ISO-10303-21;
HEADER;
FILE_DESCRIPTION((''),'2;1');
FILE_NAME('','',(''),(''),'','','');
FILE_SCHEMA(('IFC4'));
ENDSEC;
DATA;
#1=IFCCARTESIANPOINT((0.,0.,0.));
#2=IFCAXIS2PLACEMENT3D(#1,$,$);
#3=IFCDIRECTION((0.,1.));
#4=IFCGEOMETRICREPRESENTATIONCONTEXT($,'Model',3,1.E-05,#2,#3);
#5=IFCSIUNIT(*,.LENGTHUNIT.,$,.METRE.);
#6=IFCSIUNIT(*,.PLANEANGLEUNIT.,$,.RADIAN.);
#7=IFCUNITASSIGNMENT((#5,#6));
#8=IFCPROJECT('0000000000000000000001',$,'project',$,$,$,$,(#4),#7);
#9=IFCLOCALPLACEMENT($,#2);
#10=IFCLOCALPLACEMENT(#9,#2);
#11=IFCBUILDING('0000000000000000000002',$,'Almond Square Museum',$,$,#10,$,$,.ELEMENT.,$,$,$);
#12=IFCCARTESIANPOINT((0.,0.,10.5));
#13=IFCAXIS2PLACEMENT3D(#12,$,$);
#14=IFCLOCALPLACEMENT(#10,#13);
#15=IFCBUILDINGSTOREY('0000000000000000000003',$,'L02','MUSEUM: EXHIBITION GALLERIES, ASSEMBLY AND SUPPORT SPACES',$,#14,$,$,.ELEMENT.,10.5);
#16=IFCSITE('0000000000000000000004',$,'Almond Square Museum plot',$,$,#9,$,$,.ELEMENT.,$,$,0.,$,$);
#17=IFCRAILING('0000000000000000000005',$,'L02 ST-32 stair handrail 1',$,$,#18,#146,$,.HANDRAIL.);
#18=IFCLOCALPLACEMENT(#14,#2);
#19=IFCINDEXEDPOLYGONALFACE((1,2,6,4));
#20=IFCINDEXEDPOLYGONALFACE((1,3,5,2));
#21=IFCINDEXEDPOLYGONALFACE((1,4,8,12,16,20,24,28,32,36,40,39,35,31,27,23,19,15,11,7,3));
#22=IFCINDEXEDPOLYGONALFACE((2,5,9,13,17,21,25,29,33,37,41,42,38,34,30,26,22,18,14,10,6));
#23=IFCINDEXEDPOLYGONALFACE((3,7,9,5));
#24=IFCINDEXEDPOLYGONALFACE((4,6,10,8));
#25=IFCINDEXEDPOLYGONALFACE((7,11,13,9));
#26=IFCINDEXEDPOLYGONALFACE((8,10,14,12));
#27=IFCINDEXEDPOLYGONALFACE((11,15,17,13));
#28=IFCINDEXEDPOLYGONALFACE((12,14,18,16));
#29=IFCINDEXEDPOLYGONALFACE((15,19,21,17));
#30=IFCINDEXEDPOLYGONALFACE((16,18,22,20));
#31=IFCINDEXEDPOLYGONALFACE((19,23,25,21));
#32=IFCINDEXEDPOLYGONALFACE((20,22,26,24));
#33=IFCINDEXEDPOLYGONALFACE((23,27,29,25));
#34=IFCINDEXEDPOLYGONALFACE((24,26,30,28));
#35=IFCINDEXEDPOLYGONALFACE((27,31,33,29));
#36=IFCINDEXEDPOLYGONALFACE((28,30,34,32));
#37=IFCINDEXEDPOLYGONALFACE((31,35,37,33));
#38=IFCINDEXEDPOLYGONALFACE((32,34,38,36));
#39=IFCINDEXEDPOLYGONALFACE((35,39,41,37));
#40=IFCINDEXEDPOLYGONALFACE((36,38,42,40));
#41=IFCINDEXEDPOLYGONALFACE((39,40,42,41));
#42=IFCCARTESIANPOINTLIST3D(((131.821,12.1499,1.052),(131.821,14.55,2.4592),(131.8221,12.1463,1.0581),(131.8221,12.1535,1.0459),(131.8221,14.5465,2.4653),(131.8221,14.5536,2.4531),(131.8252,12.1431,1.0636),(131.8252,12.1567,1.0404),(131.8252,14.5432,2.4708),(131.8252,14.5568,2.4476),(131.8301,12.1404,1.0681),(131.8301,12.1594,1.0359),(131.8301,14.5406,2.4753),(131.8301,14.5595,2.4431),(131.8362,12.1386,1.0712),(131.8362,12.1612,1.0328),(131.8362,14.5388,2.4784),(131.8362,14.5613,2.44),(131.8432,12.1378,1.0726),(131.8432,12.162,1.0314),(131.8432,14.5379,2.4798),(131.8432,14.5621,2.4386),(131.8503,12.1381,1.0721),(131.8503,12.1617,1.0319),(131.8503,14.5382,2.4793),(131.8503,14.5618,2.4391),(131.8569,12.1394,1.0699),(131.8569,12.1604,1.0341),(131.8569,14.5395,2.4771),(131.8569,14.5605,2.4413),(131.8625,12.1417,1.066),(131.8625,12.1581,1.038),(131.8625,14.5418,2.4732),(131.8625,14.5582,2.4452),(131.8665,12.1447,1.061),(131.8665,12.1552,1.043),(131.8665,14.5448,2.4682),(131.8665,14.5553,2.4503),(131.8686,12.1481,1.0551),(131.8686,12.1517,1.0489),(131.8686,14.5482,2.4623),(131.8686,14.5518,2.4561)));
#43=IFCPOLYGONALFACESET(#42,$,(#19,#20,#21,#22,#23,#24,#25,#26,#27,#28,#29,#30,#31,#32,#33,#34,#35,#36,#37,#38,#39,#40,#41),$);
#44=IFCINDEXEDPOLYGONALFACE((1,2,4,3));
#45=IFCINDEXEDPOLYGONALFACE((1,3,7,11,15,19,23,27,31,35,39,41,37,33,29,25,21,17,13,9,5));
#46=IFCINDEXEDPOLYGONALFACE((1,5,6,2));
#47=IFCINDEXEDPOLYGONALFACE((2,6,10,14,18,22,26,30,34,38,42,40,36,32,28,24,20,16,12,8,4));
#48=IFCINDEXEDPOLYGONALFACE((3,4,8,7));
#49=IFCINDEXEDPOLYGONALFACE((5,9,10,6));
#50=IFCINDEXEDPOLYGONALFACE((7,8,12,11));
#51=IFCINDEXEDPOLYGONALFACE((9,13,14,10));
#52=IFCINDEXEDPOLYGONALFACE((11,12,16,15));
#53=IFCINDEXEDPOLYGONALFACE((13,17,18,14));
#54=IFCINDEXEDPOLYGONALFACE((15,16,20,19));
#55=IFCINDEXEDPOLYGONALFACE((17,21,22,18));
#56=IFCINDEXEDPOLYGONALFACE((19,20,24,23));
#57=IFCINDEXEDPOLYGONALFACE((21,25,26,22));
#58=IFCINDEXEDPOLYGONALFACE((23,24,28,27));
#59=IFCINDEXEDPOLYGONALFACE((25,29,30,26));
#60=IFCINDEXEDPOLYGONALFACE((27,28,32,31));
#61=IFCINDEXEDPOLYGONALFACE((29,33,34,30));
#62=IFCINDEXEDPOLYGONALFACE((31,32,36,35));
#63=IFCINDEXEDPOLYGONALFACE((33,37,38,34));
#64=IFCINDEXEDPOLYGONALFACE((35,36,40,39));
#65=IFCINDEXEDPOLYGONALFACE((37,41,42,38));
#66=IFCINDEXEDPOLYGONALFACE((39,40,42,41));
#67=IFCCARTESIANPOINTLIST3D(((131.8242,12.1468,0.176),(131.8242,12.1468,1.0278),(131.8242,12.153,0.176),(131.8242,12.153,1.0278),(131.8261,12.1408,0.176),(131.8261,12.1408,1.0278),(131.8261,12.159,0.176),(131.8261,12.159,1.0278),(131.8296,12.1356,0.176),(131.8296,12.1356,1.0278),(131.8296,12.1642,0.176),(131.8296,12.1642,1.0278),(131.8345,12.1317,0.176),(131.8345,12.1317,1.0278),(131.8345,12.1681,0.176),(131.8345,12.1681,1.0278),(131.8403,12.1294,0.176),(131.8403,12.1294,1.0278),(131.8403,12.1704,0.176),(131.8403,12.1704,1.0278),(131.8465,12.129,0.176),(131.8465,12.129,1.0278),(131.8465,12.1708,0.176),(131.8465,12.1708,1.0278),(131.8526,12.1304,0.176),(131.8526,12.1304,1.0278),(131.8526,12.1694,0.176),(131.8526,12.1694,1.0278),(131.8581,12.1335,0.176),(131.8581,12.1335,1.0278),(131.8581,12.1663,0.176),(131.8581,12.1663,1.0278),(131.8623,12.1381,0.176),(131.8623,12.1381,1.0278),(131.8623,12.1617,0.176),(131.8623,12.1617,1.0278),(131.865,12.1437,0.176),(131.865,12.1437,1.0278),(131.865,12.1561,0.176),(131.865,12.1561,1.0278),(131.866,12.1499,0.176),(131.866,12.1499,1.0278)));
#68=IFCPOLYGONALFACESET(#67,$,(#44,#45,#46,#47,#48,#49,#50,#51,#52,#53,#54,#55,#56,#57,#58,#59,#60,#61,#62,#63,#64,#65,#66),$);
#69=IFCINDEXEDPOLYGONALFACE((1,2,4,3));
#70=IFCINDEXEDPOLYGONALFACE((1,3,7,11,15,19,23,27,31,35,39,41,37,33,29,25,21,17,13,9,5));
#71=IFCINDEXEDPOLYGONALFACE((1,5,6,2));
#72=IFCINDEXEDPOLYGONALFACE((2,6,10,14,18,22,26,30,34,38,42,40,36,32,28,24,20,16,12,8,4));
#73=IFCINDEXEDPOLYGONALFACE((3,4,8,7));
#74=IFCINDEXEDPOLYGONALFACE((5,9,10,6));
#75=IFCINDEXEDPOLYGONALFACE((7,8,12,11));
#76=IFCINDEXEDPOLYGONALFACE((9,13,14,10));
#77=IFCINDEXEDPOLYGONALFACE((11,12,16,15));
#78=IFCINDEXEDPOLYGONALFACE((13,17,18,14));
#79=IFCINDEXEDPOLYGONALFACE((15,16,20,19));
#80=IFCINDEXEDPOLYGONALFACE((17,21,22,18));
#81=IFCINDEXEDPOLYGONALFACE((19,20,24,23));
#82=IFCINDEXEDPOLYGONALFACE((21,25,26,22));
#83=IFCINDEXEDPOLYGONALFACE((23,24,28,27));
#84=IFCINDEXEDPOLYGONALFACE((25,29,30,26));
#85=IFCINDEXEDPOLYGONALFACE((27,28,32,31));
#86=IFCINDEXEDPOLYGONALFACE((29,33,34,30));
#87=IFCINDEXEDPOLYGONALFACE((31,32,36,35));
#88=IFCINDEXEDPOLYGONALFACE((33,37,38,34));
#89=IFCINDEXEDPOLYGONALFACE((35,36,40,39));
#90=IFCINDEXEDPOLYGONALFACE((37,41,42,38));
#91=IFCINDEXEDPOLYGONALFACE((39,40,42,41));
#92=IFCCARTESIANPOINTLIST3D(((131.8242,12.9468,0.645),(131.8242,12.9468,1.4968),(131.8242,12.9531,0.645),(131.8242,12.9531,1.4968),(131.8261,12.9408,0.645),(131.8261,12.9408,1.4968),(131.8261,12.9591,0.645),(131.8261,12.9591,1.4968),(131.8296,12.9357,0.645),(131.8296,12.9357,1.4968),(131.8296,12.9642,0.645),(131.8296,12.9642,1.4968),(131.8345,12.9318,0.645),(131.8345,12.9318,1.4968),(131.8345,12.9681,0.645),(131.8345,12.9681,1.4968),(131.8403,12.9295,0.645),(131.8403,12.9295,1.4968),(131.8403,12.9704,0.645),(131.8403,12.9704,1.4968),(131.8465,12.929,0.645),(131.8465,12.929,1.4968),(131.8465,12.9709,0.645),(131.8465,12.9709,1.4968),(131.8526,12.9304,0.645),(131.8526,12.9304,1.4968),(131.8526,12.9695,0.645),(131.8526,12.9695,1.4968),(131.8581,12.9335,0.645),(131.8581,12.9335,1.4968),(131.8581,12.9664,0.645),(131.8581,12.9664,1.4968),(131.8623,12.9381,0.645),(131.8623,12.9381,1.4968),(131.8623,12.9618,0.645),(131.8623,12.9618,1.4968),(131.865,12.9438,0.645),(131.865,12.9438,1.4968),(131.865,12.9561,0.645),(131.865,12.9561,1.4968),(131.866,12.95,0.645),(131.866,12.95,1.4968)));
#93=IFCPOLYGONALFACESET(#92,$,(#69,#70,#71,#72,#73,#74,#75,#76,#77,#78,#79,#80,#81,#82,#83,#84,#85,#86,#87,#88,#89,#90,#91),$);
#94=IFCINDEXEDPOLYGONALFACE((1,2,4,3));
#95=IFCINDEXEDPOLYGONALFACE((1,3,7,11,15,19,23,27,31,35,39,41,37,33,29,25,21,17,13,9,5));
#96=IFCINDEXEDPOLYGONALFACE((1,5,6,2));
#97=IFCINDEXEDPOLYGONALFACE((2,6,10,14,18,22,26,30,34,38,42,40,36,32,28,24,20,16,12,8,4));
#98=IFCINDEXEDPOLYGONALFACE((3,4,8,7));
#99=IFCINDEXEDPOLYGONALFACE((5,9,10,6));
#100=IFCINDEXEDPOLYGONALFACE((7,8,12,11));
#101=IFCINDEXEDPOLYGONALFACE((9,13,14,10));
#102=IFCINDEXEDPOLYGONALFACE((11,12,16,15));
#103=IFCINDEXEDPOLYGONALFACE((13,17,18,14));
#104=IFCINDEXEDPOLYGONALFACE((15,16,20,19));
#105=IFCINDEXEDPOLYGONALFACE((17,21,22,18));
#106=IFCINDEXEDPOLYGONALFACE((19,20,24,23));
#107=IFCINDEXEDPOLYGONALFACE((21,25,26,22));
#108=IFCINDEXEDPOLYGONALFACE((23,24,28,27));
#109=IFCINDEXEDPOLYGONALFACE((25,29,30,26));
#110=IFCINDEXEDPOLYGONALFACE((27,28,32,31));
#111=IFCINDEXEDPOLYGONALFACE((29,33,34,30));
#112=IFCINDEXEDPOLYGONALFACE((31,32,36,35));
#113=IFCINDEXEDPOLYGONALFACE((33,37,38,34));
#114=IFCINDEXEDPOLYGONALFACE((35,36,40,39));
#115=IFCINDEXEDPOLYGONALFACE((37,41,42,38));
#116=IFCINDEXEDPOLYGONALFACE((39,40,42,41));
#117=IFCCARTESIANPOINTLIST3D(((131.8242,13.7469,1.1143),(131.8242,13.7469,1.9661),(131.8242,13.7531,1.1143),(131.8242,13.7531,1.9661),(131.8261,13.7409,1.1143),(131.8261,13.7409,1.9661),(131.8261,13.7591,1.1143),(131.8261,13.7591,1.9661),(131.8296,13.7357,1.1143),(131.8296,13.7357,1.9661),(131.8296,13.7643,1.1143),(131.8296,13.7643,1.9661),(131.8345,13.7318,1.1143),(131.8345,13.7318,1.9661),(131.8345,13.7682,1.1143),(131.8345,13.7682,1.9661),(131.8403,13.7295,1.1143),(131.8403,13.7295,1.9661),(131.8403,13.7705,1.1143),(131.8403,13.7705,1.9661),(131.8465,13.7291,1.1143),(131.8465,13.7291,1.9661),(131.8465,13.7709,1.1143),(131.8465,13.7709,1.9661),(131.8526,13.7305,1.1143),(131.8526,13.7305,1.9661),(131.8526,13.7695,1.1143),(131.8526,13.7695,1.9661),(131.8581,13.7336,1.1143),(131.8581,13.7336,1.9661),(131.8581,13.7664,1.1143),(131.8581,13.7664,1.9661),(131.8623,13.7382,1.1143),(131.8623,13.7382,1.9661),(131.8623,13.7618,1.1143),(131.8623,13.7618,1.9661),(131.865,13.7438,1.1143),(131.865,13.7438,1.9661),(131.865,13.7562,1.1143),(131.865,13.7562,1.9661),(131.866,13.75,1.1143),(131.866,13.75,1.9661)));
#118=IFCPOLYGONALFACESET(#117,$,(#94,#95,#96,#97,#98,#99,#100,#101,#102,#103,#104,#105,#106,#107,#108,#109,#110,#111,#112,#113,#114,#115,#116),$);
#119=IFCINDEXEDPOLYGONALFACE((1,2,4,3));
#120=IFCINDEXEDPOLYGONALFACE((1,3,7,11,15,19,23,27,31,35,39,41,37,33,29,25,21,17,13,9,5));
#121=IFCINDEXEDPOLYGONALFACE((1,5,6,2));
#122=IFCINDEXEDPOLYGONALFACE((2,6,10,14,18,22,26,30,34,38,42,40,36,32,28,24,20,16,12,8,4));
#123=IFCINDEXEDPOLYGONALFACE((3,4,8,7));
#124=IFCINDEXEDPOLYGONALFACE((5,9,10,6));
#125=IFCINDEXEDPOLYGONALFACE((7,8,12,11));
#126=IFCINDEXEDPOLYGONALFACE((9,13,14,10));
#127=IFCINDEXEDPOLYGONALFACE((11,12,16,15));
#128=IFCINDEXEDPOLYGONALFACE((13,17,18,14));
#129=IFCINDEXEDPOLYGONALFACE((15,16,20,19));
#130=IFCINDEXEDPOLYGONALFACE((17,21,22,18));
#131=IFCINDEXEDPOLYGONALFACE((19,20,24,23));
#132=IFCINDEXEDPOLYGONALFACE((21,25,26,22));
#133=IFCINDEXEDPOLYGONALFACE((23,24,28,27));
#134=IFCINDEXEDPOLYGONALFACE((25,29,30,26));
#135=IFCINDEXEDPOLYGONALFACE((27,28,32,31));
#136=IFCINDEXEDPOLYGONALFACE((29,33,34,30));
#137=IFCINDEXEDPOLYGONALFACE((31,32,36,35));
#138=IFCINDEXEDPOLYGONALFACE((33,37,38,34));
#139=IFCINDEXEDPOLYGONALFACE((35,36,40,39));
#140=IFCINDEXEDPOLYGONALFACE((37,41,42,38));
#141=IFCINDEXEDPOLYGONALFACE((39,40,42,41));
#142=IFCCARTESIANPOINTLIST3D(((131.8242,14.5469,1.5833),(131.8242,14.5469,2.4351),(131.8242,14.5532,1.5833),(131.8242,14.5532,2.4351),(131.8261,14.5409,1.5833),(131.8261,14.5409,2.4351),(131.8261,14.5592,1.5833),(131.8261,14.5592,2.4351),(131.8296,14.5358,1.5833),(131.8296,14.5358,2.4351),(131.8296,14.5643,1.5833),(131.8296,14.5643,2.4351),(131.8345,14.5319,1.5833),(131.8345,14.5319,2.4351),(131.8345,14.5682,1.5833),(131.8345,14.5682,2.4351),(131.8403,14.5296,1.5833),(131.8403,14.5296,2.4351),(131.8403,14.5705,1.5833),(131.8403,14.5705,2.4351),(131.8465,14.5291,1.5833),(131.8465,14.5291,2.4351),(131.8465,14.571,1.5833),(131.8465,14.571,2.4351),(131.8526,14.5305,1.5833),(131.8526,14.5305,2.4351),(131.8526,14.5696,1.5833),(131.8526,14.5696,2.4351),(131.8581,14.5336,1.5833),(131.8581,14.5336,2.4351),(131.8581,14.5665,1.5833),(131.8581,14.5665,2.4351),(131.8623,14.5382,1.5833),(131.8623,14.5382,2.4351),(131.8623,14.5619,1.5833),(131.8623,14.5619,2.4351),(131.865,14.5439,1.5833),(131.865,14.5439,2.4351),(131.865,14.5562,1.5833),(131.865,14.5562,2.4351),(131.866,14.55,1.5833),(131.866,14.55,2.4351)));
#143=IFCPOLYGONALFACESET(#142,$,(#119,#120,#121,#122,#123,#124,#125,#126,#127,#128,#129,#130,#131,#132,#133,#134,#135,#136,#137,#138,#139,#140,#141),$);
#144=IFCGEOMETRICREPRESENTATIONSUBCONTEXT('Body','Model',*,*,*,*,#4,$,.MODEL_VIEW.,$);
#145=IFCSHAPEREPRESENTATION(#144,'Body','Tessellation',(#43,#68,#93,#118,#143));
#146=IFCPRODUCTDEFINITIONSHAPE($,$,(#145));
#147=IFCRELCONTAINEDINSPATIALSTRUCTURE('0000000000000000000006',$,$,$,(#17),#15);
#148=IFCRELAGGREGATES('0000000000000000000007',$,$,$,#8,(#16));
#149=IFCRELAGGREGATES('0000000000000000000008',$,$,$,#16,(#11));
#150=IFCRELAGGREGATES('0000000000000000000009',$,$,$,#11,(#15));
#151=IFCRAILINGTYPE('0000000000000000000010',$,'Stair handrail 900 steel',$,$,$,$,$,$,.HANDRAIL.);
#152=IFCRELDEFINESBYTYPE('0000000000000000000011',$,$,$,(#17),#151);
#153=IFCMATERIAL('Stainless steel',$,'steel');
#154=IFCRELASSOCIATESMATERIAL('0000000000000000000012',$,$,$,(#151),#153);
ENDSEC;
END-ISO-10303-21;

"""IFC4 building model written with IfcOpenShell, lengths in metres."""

from ifc_helpers import new_model, si_unit, direction, frame, origin, origin_2d, place, context, subcontext, project, spatial, circle, extrude, material, type_object, element, save


model = new_model("IFC4")

# Units and contexts
model_context = context("Model", 3, precision=1e-05, world=origin(), true_north=direction((0.0, 1.0)))
body_context = subcontext(model_context, "Body", "Model", "MODEL_VIEW")
ifc_project = project(units=[si_unit("LENGTHUNIT", "METRE"), si_unit("PLANEANGLEUNIT", "RADIAN")], contexts=[model_context])

# Site, building, storey
site_placement = place(None, origin())
site = spatial("IfcSite", under=ifc_project, at=site_placement, Name="Almond Square Museum plot", CompositionType="ELEMENT", RefElevation=0.0)
building_placement = place(site_placement, origin())
building = spatial("IfcBuilding", under=site, at=building_placement, Name="Almond Square Museum", CompositionType="ELEMENT")
storey_placement = place(building_placement, frame((0.0, 0.0, 10.5)))
storey = spatial("IfcBuildingStorey", under=building, at=storey_placement, Name="L02", Description="MUSEUM: EXHIBITION GALLERIES, ASSEMBLY AND SUPPORT SPACES", CompositionType="ELEMENT", Elevation=10.5)

# Railing
ifc_material_1 = material(Name="Stainless steel", Category="steel")
railing_type_1 = type_object("IfcRailingType", Name="Stair handrail 900 steel", PredefinedType="HANDRAIL", material=ifc_material_1)
railing_1_placement = place(storey_placement, frame((131.845, 12.1499, 0.176)))
element("IfcRailing", 1, at=railing_1_placement, inside=storey, type_object=railing_type_1, Name="L02 ST-32 stair handrail 1", PredefinedType="HANDRAIL", context=body_context, shape_type="SweptSolid", body=[
    extrude(circle(Radius=0.0239, at=origin_2d()), frame((0.0, 0.0, 0.876), z_axis=(0.0, 0.86266, 0.505785), x_axis=(-1.0, 0.0, 0.0)), (0.0, 0.0, 1.0), 2.7822),
    extrude(circle(Radius=0.021, at=origin_2d()), origin(), (0.0, 0.0, 1.0), 0.8518),
    extrude(circle(Radius=0.021, at=origin_2d()), frame((0.0, 0.8, 0.469)), (0.0, 0.0, 1.0), 0.8518),
    extrude(circle(Radius=0.021, at=origin_2d()), frame((0.0, 1.6001, 0.9382)), (0.0, 0.0, 1.0), 0.8518),
    extrude(circle(Radius=0.021, at=origin_2d()), frame((0.0, 2.4001, 1.4072)), (0.0, 0.0, 1.0), 0.8518),
])

save(model, "model.ifc")
